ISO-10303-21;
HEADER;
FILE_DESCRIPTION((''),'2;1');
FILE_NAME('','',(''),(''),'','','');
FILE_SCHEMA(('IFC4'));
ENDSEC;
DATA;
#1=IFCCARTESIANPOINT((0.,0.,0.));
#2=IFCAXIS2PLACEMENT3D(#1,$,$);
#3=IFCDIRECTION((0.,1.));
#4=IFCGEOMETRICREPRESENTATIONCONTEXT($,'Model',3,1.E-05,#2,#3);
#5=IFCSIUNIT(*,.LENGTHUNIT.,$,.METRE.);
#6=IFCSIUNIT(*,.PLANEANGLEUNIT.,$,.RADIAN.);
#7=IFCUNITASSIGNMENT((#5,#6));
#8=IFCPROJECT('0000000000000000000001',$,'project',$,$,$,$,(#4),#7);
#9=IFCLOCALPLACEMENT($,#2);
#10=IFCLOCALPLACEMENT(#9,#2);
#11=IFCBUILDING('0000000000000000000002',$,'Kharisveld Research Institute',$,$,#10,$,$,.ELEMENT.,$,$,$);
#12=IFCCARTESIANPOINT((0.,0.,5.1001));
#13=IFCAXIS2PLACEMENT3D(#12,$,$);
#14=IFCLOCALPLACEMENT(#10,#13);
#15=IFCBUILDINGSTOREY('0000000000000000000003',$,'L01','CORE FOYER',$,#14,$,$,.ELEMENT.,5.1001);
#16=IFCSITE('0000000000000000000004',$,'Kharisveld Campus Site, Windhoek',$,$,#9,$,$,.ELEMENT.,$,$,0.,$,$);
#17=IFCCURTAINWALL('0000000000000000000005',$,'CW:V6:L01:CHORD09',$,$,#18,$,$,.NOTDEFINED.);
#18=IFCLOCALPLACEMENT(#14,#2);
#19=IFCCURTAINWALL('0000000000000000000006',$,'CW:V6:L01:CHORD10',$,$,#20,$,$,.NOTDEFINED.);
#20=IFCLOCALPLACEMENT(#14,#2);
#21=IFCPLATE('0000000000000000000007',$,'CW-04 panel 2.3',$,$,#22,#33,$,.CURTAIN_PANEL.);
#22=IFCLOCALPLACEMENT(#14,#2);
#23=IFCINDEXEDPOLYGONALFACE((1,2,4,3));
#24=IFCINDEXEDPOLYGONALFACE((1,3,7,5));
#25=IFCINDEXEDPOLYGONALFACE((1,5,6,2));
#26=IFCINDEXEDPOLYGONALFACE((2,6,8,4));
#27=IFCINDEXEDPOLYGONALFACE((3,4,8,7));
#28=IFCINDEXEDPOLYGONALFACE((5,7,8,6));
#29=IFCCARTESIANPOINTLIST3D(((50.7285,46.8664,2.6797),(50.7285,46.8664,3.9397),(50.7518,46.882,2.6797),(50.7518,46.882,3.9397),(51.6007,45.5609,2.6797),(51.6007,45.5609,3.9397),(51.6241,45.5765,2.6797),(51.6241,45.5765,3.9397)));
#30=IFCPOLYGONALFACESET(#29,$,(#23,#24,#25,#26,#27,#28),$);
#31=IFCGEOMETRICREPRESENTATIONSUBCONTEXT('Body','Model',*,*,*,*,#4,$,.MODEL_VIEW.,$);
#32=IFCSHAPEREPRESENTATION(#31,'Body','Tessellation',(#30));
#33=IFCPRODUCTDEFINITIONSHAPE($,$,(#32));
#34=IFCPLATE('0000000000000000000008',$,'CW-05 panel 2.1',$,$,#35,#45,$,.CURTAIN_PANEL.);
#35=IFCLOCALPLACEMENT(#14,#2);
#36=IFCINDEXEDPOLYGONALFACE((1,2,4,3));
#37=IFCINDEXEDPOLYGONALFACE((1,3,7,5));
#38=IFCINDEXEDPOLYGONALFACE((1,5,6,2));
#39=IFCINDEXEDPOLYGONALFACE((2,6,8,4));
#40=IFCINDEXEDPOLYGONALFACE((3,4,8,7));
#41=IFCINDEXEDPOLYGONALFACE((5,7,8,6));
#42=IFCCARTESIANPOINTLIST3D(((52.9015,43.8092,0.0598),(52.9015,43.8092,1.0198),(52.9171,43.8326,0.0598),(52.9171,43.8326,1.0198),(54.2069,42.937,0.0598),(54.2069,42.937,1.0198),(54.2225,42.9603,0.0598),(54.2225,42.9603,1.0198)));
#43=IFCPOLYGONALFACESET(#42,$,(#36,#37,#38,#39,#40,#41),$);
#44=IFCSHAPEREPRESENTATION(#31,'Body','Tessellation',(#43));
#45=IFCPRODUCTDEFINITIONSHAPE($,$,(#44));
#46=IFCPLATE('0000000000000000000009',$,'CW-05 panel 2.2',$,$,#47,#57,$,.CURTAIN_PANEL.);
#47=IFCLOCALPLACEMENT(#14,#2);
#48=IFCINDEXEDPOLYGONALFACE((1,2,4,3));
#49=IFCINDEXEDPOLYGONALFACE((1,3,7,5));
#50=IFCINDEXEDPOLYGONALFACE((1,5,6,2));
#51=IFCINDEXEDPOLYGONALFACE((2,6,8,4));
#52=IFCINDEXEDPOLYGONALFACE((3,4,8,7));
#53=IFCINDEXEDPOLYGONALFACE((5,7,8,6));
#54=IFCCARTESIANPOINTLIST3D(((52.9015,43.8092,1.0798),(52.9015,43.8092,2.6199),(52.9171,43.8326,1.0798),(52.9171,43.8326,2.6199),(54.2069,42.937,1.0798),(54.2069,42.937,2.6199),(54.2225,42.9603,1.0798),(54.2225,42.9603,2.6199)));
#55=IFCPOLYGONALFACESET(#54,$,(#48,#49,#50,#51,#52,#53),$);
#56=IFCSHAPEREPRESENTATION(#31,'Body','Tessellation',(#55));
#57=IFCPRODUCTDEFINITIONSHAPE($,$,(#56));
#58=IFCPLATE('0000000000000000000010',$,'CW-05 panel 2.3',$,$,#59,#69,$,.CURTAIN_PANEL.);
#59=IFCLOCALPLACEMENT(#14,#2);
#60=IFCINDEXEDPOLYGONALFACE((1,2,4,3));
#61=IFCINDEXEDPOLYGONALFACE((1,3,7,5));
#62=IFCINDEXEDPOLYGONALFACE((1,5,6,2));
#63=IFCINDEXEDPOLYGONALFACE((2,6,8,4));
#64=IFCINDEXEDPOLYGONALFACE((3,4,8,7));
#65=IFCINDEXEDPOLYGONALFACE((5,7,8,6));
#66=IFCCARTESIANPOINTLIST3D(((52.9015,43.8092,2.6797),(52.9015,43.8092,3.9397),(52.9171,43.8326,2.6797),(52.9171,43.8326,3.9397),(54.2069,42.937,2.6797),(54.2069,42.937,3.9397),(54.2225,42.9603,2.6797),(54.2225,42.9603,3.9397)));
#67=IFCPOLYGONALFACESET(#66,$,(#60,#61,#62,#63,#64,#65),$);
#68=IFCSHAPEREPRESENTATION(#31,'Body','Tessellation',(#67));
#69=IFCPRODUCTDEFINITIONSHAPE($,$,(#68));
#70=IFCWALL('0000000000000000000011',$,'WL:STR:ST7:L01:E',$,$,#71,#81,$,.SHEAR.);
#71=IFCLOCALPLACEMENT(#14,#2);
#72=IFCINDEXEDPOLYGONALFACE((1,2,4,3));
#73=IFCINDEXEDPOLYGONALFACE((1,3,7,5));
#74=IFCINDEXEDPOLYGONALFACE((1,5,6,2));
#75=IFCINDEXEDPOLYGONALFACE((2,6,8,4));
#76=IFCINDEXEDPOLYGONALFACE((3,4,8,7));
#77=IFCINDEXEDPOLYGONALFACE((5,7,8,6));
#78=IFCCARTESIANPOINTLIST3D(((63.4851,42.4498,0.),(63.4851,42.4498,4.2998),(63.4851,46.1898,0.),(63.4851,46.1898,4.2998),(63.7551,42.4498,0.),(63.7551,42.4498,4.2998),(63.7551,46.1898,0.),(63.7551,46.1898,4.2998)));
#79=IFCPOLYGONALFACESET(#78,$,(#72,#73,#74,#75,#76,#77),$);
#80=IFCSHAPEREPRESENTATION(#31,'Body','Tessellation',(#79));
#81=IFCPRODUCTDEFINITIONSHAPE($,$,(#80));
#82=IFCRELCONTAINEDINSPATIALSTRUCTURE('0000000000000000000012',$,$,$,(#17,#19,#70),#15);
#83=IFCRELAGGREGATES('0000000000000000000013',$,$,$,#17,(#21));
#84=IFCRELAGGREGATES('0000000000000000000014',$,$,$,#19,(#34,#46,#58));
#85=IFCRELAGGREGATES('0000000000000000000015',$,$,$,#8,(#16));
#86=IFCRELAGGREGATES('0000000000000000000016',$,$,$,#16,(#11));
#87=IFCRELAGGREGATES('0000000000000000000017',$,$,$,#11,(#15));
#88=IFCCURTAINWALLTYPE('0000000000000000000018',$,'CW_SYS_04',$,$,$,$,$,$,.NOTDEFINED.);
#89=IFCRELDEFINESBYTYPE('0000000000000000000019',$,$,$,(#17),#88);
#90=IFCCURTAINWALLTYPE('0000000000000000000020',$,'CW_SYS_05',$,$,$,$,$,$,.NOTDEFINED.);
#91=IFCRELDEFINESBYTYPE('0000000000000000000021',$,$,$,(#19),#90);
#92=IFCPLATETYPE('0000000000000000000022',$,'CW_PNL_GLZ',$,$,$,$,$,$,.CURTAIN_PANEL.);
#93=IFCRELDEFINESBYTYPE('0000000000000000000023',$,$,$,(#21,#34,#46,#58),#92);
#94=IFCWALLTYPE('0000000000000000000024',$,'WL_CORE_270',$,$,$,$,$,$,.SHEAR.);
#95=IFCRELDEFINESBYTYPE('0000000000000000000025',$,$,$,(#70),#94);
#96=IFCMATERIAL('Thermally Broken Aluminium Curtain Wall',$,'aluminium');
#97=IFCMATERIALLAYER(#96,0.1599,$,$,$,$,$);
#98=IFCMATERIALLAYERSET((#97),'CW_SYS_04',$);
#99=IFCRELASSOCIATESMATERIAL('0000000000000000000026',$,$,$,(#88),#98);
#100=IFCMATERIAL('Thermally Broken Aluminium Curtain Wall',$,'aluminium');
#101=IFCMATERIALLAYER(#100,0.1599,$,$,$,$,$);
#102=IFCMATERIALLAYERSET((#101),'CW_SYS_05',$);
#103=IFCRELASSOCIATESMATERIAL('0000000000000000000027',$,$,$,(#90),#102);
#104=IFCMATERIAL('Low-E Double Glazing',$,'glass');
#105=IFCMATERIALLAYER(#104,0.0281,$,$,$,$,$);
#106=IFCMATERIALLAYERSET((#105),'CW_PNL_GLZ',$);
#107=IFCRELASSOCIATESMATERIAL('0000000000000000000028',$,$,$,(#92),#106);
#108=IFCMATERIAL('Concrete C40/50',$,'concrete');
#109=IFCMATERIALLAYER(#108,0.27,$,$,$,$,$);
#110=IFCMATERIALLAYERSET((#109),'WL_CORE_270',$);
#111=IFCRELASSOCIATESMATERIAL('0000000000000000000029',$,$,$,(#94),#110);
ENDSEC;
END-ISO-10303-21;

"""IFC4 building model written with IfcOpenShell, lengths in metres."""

from ifc_helpers import new_model, si_unit, direction, frame, frame_2d, origin, origin_2d, place, context, subcontext, project, spatial, rectangle, extrude, material, layer, layer_set, type_object, element, aggregate, save


model = new_model("IFC4")

# Units and contexts
model_context = context("Model", 3, precision=1e-05, world=origin(), true_north=direction((0.0, 1.0)))
body_context = subcontext(model_context, "Body", "Model", "MODEL_VIEW")
ifc_project = project(units=[si_unit("LENGTHUNIT", "METRE"), si_unit("PLANEANGLEUNIT", "RADIAN")], contexts=[model_context])

# Site, building, storey
site_placement = place(None, origin())
site = spatial("IfcSite", under=ifc_project, at=site_placement, Name="Kharisveld Campus Site, Windhoek", CompositionType="ELEMENT", RefElevation=0.0)
building_placement = place(site_placement, origin())
building = spatial("IfcBuilding", under=site, at=building_placement, Name="Kharisveld Research Institute", CompositionType="ELEMENT")
storey_placement = place(building_placement, frame((0.0, 0.0, 5.1001)))
storey = spatial("IfcBuildingStorey", under=building, at=storey_placement, Name="L01", Description="CORE FOYER", CompositionType="ELEMENT", Elevation=5.1001)

# Curtain walls
ifc_material_1 = material(Name="Thermally Broken Aluminium Curtain Wall", Category="aluminium")
ifc_layer_1 = layer(ifc_material_1, 0.1599)
ifc_layer_set_1 = layer_set([ifc_layer_1], Name="CW_SYS_04")
curtain_wall_type_1 = type_object("IfcCurtainWallType", Name="CW_SYS_04", PredefinedType="NOTDEFINED", material=ifc_layer_set_1)
curtain_wall_1_placement = place(storey_placement, origin())
curtain_wall_1 = element("IfcCurtainWall", 1, at=curtain_wall_1_placement, inside=storey, type_object=curtain_wall_type_1, Name="CW:V6:L01:CHORD09", PredefinedType="NOTDEFINED")
ifc_material_2 = material(Name="Thermally Broken Aluminium Curtain Wall", Category="aluminium")
ifc_layer_2 = layer(ifc_material_2, 0.1599)
ifc_layer_set_2 = layer_set([ifc_layer_2], Name="CW_SYS_05")
curtain_wall_type_2 = type_object("IfcCurtainWallType", Name="CW_SYS_05", PredefinedType="NOTDEFINED", material=ifc_layer_set_2)
curtain_wall_2_placement = place(storey_placement, origin())
curtain_wall_2 = element("IfcCurtainWall", 2, at=curtain_wall_2_placement, inside=storey, type_object=curtain_wall_type_2, Name="CW:V6:L01:CHORD10", PredefinedType="NOTDEFINED")

# Plates
ifc_material_3 = material(Name="Low-E Double Glazing", Category="glass")
ifc_layer_3 = layer(ifc_material_3, 0.0281)
ifc_layer_set_3 = layer_set([ifc_layer_3], Name="CW_PNL_GLZ")
plate_type = type_object("IfcPlateType", Name="CW_PNL_GLZ", PredefinedType="CURTAIN_PANEL", material=ifc_layer_set_3)
plate_1_placement = place(storey_placement, frame((51.1763, 46.2214, 2.6797), z_axis=(0.0, 0.0, 1.0), x_axis=(-0.55557, 0.83147, 0.0)))
plate_1 = element("IfcPlate", 3, at=plate_1_placement, type_object=plate_type, Name="CW-04 panel 2.3", PredefinedType="CURTAIN_PANEL", context=body_context, shape_type="SweptSolid", body=[
    extrude(rectangle(XDim=1.5701, YDim=0.0281, at=origin_2d()), origin(), (0.0, 0.0, 1.0), 1.26),
])
aggregate(curtain_wall_1, [plate_1])
plate_2_placement = place(storey_placement, frame((53.562, 43.3848, 0.0598), z_axis=(0.0, 0.0, 1.0), x_axis=(-0.83147, 0.55557, 0.0)))
plate_2 = element("IfcPlate", 4, at=plate_2_placement, type_object=plate_type, Name="CW-05 panel 2.1", PredefinedType="CURTAIN_PANEL", context=body_context, shape_type="SweptSolid", body=[
    extrude(rectangle(XDim=1.5701, YDim=0.0281, at=origin_2d()), origin(), (0.0, 0.0, 1.0), 0.96),
])
plate_3_placement = place(storey_placement, frame((53.562, 43.3848, 1.0798), z_axis=(0.0, 0.0, 1.0), x_axis=(-0.83147, 0.55557, 0.0)))
plate_3 = element("IfcPlate", 5, at=plate_3_placement, type_object=plate_type, Name="CW-05 panel 2.2", PredefinedType="CURTAIN_PANEL", context=body_context, shape_type="SweptSolid", body=[
    extrude(rectangle(XDim=1.5701, YDim=0.0281, at=origin_2d()), origin(), (0.0, 0.0, 1.0), 1.54),
])
plate_4_placement = place(storey_placement, frame((53.562, 43.3848, 2.6797), z_axis=(0.0, 0.0, 1.0), x_axis=(-0.83147, 0.55557, 0.0)))
plate_4 = element("IfcPlate", 6, at=plate_4_placement, type_object=plate_type, Name="CW-05 panel 2.3", PredefinedType="CURTAIN_PANEL", context=body_context, shape_type="SweptSolid", body=[
    extrude(rectangle(XDim=1.5701, YDim=0.0281, at=origin_2d()), origin(), (0.0, 0.0, 1.0), 1.26),
])
aggregate(curtain_wall_2, [plate_2, plate_3, plate_4])

# Shared definitions
ifc_material_4 = material(Name="Concrete C40/50", Category="concrete")
ifc_layer_4 = layer(ifc_material_4, 0.27)
ifc_layer_set_4 = layer_set([ifc_layer_4], Name="WL_CORE_270")
wall_type = type_object("IfcWallType", Name="WL_CORE_270", PredefinedType="SHEAR", material=ifc_layer_set_4)

# Wall
wall_1_placement = place(storey_placement, frame((63.6201, 46.1899, 0.0), z_axis=(0.0, 0.0, 1.0), x_axis=(0.0, -1.0, 0.0)))
element("IfcWall", 7, at=wall_1_placement, inside=storey, type_object=wall_type, Name="WL:STR:ST7:L01:E", PredefinedType="SHEAR", context=body_context, shape_type="SweptSolid", body=[
    extrude(rectangle(XDim=3.74, YDim=0.27, at=frame_2d((1.8701, 0.0))), origin(), (0.0, 0.0, 1.0), 4.2998),
])

save(model, "model.ifc")
